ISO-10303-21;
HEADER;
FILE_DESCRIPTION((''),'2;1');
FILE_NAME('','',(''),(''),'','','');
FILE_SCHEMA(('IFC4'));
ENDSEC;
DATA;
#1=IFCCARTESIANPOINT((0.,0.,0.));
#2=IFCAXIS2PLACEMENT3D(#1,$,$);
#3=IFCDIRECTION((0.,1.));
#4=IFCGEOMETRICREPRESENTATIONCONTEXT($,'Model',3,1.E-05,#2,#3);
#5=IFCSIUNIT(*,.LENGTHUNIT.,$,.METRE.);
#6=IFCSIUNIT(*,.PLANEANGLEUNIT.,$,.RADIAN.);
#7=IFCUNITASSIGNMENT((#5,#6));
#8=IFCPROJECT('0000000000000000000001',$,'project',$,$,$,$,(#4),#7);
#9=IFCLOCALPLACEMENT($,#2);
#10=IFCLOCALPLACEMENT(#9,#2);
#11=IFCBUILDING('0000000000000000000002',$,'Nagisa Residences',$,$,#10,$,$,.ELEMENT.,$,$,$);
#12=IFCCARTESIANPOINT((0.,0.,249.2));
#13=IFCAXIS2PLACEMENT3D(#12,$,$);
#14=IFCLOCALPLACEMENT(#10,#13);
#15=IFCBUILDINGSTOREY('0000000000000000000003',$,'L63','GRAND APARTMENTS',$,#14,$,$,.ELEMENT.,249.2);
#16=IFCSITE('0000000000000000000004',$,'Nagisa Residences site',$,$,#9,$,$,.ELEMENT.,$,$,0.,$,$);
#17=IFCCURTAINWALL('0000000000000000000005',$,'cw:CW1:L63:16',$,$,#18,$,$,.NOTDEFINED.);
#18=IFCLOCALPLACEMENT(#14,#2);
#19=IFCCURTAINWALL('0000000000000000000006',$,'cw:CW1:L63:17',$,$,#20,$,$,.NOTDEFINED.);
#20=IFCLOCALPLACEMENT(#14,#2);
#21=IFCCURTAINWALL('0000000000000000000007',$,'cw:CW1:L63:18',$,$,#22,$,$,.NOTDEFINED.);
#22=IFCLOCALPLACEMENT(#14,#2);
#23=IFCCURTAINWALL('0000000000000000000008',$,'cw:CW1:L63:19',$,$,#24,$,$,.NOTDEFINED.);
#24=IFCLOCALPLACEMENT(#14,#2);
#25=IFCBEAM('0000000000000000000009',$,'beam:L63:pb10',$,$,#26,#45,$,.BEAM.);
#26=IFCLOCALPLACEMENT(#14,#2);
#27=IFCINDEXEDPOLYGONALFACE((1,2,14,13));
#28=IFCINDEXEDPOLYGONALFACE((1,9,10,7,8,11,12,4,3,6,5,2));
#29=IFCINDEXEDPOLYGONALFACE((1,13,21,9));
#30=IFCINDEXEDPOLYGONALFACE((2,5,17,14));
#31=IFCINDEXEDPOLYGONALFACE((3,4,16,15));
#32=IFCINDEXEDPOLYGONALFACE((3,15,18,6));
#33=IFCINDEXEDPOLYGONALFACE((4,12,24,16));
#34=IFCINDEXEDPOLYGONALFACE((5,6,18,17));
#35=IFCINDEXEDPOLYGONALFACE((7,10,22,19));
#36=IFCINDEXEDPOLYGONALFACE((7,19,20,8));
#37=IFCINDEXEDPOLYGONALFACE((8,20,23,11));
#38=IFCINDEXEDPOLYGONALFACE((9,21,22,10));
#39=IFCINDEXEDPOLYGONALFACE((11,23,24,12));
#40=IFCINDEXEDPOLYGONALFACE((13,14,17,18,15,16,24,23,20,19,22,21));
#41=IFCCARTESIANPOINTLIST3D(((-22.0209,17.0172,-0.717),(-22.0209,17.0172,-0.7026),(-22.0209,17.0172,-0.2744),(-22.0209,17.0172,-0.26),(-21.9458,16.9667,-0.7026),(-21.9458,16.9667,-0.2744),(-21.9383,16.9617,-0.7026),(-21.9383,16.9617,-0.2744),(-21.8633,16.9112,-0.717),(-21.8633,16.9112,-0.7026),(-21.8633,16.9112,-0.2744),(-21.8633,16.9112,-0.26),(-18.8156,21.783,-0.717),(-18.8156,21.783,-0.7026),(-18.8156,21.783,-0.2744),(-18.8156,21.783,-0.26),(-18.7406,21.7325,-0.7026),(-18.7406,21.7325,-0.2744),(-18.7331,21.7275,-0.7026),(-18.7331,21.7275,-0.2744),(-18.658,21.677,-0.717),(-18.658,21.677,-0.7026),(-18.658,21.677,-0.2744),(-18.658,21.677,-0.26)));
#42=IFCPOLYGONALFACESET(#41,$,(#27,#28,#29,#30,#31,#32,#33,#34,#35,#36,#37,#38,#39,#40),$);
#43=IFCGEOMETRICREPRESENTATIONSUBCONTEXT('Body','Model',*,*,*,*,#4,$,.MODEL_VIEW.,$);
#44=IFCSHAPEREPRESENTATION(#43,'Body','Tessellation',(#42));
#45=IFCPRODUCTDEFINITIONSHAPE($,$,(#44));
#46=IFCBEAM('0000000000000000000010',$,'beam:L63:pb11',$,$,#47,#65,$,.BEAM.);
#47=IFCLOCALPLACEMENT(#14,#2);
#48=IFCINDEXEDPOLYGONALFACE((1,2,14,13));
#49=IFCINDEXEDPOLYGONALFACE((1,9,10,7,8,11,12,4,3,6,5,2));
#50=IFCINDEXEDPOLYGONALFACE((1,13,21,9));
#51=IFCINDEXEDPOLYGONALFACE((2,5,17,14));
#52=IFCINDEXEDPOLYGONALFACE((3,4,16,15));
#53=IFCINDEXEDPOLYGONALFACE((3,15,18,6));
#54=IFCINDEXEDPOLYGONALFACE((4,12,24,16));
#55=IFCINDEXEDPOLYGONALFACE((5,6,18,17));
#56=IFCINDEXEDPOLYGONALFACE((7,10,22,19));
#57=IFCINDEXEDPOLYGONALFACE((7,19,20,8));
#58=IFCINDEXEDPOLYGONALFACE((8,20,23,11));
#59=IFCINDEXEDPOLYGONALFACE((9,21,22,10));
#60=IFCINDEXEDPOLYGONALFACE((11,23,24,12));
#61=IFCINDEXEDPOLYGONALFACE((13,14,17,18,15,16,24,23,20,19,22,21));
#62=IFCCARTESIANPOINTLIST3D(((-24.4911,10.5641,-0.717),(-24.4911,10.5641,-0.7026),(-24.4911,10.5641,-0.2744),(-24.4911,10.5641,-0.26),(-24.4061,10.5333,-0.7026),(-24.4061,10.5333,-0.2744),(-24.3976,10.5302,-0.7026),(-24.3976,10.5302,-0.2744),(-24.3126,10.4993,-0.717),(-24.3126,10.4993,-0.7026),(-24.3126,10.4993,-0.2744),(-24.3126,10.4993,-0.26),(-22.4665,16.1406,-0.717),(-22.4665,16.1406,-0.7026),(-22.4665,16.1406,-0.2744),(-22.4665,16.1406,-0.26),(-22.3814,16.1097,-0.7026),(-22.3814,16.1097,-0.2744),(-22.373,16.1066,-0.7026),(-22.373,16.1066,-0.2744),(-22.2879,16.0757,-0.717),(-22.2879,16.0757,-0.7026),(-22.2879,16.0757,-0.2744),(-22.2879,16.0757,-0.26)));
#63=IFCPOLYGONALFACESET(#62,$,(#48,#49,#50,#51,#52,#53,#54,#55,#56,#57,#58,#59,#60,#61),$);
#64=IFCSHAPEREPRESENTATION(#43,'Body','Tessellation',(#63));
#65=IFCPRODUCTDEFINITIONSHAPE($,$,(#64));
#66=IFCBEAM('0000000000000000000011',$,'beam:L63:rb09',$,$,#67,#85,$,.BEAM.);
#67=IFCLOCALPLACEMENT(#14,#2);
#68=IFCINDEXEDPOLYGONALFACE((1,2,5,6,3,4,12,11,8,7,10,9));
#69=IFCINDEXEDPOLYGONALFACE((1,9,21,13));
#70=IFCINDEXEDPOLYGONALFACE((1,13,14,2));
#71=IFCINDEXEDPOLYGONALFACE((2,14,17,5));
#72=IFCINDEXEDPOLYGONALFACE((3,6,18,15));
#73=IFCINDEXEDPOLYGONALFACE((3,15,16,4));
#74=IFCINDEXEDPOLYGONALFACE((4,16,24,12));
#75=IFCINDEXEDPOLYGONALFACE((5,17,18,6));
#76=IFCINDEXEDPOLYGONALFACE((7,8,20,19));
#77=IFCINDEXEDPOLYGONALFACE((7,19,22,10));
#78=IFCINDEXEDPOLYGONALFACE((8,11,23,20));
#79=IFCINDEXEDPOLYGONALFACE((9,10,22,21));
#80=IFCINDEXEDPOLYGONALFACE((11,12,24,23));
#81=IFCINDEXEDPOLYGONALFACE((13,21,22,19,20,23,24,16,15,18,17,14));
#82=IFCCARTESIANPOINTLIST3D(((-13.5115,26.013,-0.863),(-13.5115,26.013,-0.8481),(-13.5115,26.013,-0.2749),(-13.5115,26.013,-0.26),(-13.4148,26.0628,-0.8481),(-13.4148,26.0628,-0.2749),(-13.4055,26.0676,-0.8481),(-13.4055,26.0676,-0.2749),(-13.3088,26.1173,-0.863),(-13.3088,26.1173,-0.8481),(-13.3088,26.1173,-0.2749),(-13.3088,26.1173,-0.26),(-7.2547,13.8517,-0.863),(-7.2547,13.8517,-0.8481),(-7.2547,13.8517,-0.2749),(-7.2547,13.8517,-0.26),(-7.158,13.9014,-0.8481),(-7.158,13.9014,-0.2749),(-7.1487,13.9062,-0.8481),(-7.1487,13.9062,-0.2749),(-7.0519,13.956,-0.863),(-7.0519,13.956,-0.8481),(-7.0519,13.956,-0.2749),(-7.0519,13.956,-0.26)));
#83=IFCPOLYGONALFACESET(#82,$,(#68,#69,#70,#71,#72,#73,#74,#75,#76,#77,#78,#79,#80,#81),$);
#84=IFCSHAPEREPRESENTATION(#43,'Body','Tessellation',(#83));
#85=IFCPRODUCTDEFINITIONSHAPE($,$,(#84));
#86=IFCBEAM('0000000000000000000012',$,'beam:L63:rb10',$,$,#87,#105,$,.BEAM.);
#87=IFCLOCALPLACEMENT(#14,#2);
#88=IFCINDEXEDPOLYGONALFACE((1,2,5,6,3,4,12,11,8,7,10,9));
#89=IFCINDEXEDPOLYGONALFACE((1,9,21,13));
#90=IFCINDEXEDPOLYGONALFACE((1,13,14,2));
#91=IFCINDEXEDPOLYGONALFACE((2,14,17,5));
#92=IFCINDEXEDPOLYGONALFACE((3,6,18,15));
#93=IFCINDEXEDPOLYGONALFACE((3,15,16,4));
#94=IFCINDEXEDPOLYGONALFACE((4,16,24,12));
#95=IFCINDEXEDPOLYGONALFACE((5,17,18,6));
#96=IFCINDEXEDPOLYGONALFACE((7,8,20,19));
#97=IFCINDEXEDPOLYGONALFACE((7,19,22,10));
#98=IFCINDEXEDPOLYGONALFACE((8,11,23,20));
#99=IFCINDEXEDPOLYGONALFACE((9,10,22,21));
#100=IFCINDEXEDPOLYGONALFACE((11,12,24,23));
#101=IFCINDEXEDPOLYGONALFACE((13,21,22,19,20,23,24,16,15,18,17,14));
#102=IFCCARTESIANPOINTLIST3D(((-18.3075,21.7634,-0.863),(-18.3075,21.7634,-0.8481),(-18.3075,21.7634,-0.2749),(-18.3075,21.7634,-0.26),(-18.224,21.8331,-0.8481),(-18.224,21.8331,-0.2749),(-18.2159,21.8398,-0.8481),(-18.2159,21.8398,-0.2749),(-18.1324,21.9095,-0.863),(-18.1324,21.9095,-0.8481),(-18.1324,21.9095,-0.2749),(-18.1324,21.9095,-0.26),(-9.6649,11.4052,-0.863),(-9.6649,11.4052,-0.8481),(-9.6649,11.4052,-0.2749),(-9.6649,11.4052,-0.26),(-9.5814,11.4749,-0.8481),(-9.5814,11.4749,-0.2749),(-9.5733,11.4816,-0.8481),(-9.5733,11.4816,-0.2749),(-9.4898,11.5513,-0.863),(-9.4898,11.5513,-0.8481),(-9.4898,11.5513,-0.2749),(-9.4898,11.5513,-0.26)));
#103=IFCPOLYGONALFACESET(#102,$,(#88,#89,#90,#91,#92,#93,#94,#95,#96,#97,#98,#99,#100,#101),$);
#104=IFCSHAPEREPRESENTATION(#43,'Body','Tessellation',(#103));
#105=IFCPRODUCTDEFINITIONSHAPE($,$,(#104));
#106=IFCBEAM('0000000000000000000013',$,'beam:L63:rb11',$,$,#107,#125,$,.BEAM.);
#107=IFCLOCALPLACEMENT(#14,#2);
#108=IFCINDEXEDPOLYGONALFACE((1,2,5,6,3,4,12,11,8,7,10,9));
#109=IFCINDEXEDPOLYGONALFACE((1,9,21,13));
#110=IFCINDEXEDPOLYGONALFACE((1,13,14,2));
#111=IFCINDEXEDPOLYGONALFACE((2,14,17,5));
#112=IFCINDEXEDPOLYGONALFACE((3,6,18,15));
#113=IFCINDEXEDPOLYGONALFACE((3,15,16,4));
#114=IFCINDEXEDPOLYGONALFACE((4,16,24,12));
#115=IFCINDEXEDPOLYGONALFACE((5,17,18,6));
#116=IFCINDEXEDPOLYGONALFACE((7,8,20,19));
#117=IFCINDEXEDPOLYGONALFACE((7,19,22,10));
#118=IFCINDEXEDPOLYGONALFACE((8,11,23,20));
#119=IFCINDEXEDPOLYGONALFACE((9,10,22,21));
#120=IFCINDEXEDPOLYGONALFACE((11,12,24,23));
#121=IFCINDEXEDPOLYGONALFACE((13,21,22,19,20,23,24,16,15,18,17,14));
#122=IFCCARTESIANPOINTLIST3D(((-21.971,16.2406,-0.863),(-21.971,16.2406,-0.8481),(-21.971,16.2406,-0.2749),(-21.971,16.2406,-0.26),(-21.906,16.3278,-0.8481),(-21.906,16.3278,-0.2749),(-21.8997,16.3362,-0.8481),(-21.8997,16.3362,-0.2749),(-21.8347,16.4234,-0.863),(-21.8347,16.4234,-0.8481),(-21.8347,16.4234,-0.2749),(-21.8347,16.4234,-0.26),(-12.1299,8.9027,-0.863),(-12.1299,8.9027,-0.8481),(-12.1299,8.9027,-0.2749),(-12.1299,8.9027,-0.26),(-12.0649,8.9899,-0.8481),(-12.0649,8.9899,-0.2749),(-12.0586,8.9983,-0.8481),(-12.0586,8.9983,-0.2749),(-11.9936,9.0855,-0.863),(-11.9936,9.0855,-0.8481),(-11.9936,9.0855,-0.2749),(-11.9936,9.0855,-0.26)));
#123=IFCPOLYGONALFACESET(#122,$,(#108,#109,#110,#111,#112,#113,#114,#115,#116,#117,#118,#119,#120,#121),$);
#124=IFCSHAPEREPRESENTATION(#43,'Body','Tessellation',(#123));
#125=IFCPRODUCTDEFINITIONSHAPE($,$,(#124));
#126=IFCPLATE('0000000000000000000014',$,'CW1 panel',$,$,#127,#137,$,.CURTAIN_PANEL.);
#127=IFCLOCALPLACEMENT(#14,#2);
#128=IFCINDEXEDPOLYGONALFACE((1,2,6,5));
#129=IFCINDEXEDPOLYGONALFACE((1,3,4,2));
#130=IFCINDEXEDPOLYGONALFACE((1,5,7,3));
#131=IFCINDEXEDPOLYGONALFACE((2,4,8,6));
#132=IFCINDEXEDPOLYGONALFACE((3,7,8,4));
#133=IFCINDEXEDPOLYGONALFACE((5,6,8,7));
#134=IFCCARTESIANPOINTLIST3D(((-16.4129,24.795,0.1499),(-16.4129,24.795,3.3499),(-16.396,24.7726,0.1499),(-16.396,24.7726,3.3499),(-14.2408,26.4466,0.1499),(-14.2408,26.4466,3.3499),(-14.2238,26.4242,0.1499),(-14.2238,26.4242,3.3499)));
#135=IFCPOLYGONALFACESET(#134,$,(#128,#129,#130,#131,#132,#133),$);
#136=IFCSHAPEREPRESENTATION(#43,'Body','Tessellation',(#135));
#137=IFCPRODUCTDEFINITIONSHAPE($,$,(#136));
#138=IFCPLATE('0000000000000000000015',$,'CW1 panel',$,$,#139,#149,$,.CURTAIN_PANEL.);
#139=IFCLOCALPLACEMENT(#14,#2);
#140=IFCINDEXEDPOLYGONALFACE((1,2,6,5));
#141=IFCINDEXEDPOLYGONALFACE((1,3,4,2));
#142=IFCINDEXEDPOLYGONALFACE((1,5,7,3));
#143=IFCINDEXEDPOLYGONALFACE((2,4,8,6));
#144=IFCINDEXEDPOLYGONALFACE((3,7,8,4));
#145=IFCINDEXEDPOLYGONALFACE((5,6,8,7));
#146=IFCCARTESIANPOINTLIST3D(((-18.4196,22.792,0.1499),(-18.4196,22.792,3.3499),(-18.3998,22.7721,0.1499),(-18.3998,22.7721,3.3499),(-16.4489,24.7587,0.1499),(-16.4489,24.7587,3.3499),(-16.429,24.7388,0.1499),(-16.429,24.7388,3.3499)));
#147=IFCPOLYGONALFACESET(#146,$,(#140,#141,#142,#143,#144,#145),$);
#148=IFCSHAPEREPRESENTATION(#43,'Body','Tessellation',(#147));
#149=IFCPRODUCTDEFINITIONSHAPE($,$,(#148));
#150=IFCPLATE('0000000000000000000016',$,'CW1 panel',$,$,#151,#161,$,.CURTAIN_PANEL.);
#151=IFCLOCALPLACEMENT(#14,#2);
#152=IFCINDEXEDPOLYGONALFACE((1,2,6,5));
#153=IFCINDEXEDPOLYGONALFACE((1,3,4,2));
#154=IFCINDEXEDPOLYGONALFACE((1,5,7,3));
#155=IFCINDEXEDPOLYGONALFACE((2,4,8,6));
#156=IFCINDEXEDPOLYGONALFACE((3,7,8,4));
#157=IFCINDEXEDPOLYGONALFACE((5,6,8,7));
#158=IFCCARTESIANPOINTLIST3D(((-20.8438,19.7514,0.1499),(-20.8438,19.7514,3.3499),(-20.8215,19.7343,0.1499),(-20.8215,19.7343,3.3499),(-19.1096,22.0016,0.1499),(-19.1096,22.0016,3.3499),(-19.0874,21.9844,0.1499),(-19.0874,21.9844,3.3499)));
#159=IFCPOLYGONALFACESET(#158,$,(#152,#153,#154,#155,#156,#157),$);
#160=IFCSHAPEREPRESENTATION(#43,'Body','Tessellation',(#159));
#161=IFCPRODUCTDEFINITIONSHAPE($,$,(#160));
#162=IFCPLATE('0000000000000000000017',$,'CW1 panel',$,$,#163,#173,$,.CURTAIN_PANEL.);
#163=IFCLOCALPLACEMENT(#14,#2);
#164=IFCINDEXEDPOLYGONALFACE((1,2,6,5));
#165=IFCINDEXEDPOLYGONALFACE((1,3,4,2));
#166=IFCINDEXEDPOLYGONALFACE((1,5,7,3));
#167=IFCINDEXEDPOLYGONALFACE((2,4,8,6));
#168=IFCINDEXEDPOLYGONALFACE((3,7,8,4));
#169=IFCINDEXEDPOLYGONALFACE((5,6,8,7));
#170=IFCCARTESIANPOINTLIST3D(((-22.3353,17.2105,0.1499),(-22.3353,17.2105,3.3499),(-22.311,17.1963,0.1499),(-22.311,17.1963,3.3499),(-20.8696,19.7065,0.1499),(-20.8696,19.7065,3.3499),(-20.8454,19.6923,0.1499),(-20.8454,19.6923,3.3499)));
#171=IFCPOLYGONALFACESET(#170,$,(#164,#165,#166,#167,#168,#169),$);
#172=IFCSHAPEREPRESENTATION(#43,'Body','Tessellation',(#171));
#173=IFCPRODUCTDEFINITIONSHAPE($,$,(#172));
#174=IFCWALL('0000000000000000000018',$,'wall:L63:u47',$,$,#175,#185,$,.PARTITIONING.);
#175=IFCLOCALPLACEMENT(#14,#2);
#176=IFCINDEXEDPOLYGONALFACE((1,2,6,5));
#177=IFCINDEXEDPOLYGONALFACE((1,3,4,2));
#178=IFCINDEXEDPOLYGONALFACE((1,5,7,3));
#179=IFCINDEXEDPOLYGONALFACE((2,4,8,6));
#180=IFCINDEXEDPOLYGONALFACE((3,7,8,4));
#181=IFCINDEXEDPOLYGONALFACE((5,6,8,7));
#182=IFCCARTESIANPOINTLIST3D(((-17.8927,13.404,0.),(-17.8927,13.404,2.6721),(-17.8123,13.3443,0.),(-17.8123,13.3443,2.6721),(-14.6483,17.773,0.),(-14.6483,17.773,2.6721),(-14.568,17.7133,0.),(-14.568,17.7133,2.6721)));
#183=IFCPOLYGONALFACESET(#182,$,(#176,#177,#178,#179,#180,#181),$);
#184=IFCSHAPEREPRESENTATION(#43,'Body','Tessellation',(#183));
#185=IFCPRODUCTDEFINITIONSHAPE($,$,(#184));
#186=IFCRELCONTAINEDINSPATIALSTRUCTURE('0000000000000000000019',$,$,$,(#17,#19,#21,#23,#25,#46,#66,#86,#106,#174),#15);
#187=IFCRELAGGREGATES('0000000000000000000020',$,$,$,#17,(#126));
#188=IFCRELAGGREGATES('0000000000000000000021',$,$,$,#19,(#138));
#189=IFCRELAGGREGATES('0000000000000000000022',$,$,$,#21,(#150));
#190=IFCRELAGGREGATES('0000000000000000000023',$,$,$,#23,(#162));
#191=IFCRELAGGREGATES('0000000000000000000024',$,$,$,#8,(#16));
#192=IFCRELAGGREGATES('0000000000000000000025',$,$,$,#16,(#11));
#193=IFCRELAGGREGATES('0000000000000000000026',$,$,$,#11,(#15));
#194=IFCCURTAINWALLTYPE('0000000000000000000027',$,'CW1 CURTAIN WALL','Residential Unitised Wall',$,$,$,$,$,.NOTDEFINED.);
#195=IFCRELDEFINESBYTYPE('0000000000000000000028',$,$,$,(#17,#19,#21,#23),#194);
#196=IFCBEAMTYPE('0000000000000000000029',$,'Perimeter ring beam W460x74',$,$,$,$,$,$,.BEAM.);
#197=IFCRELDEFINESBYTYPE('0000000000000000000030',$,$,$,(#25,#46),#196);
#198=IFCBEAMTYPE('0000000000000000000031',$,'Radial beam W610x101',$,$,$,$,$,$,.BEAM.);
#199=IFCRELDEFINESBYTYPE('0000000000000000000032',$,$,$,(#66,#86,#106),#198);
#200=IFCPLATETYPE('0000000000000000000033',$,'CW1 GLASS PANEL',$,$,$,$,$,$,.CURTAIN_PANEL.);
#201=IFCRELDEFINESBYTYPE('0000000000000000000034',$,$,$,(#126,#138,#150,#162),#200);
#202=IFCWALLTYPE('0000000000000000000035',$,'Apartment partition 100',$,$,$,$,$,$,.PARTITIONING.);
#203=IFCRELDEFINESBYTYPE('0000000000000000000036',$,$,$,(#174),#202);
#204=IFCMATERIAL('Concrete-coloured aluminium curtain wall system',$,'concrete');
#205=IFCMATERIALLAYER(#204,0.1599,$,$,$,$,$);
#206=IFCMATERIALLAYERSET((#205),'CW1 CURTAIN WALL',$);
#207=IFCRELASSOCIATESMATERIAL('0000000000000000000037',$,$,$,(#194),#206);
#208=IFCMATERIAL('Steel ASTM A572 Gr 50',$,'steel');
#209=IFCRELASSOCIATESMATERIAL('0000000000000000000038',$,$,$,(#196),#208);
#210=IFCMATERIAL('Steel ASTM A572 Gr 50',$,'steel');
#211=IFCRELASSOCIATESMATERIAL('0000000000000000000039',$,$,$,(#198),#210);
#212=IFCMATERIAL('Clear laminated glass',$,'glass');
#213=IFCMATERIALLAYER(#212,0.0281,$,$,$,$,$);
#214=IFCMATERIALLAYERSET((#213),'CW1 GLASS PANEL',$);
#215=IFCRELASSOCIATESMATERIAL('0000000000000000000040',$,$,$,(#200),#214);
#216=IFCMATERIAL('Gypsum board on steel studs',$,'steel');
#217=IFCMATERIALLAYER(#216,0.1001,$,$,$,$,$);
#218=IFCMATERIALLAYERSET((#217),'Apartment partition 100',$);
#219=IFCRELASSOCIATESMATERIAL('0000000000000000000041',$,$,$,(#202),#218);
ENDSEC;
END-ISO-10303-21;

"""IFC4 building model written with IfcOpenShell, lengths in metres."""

from ifc_helpers import new_model, si_unit, direction, frame, frame_2d, origin, origin_2d, place, context, subcontext, project, spatial, rectangle, i_section, extrude, material, layer, layer_set, material_profile, profile_set, type_object, element, aggregate, save


model = new_model("IFC4")

# Units and contexts
model_context = context("Model", 3, precision=1e-05, world=origin(), true_north=direction((0.0, 1.0)))
body_context = subcontext(model_context, "Body", "Model", "MODEL_VIEW")
ifc_project = project(units=[si_unit("LENGTHUNIT", "METRE"), si_unit("PLANEANGLEUNIT", "RADIAN")], contexts=[model_context])

# Site, building, storey
site_placement = place(None, origin())
site = spatial("IfcSite", under=ifc_project, at=site_placement, Name="Nagisa Residences site", CompositionType="ELEMENT", RefElevation=0.0)
building_placement = place(site_placement, origin())
building = spatial("IfcBuilding", under=site, at=building_placement, Name="Nagisa Residences", CompositionType="ELEMENT")
storey_placement = place(building_placement, frame((0.0, 0.0, 249.2)))
storey = spatial("IfcBuildingStorey", under=building, at=storey_placement, Name="L63", Description="GRAND APARTMENTS", CompositionType="ELEMENT", Elevation=249.2)

# Curtain walls
ifc_material_1 = material(Name="Concrete-coloured aluminium curtain wall system", Category="concrete")
ifc_layer_1 = layer(ifc_material_1, 0.1599)
ifc_layer_set_1 = layer_set([ifc_layer_1], Name="CW1 CURTAIN WALL")
curtain_wall_type = type_object("IfcCurtainWallType", Name="CW1 CURTAIN WALL", Description="Residential Unitised Wall", PredefinedType="NOTDEFINED", material=ifc_layer_set_1)
curtain_wall_1_placement = place(storey_placement, origin())
curtain_wall_1 = element("IfcCurtainWall", 1, at=curtain_wall_1_placement, inside=storey, type_object=curtain_wall_type, Name="cw:CW1:L63:16", PredefinedType="NOTDEFINED")
curtain_wall_2_placement = place(storey_placement, origin())
curtain_wall_2 = element("IfcCurtainWall", 2, at=curtain_wall_2_placement, inside=storey, type_object=curtain_wall_type, Name="cw:CW1:L63:17", PredefinedType="NOTDEFINED")
curtain_wall_3_placement = place(storey_placement, origin())
curtain_wall_3 = element("IfcCurtainWall", 3, at=curtain_wall_3_placement, inside=storey, type_object=curtain_wall_type, Name="cw:CW1:L63:18", PredefinedType="NOTDEFINED")
curtain_wall_4_placement = place(storey_placement, origin())
curtain_wall_4 = element("IfcCurtainWall", 4, at=curtain_wall_4_placement, inside=storey, type_object=curtain_wall_type, Name="cw:CW1:L63:19", PredefinedType="NOTDEFINED")

# Beams
ifc_material_2 = material(Name="Steel ASTM A572 Gr 50", Category="steel")
ifc_material_profile_1 = material_profile(ifc_material_2, i_section(OverallWidth=0.1899, OverallDepth=0.457, WebThickness=0.009, FlangeThickness=0.0144, at=origin_2d()), Name="W460x74")
ifc_profile_set_1 = profile_set([ifc_material_profile_1], Name="Steel ASTM A572 Gr 50")
beam_type_1 = type_object("IfcBeamType", Name="Perimeter ring beam W460x74", PredefinedType="BEAM", material=ifc_profile_set_1)
beam_1_placement = place(storey_placement, frame((-18.7368, 21.73, -0.4885), z_axis=(-0.55808, -0.829787, 0.0), x_axis=(0.829787, -0.55808, 0.0)))
element("IfcBeam", 5, at=beam_1_placement, inside=storey, type_object=beam_type_1, Name="beam:L63:pb10", PredefinedType="BEAM", context=body_context, shape_type="SweptSolid", body=[
    extrude(i_section(OverallWidth=0.1899, OverallDepth=0.457, WebThickness=0.009, FlangeThickness=0.0144, at=origin_2d()), origin(), (0.0, 0.0, 1.0), 5.7434),
])
beam_2_placement = place(storey_placement, frame((-22.3772, 16.1082, -0.4885), z_axis=(-0.341277, -0.939963, 0.0), x_axis=(0.939963, -0.341277, 0.0)))
element("IfcBeam", 6, at=beam_2_placement, inside=storey, type_object=beam_type_1, Name="beam:L63:pb11", PredefinedType="BEAM", context=body_context, shape_type="SweptSolid", body=[
    extrude(i_section(OverallWidth=0.1899, OverallDepth=0.457, WebThickness=0.009, FlangeThickness=0.0144, at=origin_2d()), origin(), (0.0, 0.0, 1.0), 5.9326),
])
ifc_material_3 = material(Name="Steel ASTM A572 Gr 50", Category="steel")
ifc_material_profile_2 = material_profile(ifc_material_3, i_section(OverallWidth=0.228, OverallDepth=0.603, WebThickness=0.0105, FlangeThickness=0.0149, at=origin_2d()), Name="W610x101")
ifc_profile_set_2 = profile_set([ifc_material_profile_2], Name="Steel ASTM A572 Gr 50")
beam_type_2 = type_object("IfcBeamType", Name="Radial beam W610x101", PredefinedType="BEAM", material=ifc_profile_set_2)
beam_3_placement = place(storey_placement, frame((-13.4102, 26.0652, -0.5615), z_axis=(0.457488, -0.889216, 0.0), x_axis=(0.889216, 0.457488, 0.0)))
element("IfcBeam", 7, at=beam_3_placement, inside=storey, type_object=beam_type_2, Name="beam:L63:rb09", PredefinedType="BEAM", context=body_context, shape_type="SweptSolid", body=[
    extrude(i_section(OverallWidth=0.228, OverallDepth=0.603, WebThickness=0.0105, FlangeThickness=0.0149, at=origin_2d()), origin(), (0.0, 0.0, 1.0), 13.6765),
])
beam_4_placement = place(storey_placement, frame((-18.22, 21.8364, -0.5615), z_axis=(0.640656, -0.767828, 0.0), x_axis=(0.767828, 0.640656, 0.0)))
element("IfcBeam", 8, at=beam_4_placement, inside=storey, type_object=beam_type_2, Name="beam:L63:rb10", PredefinedType="BEAM", context=body_context, shape_type="SweptSolid", body=[
    extrude(i_section(OverallWidth=0.228, OverallDepth=0.603, WebThickness=0.0105, FlangeThickness=0.0149, at=origin_2d()), origin(), (0.0, 0.0, 1.0), 13.4902),
])
beam_5_placement = place(storey_placement, frame((-21.9028, 16.332, -0.5615), z_axis=(0.801675, -0.597761, 0.0), x_axis=(0.597761, 0.801675, 0.0)))
element("IfcBeam", 9, at=beam_5_placement, inside=storey, type_object=beam_type_2, Name="beam:L63:rb11", PredefinedType="BEAM", context=body_context, shape_type="SweptSolid", body=[
    extrude(i_section(OverallWidth=0.228, OverallDepth=0.603, WebThickness=0.0105, FlangeThickness=0.0149, at=origin_2d()), origin(), (0.0, 0.0, 1.0), 12.2756),
])

# Plates
ifc_material_4 = material(Name="Clear laminated glass", Category="glass")
ifc_layer_2 = layer(ifc_material_4, 0.0281)
ifc_layer_set_2 = layer_set([ifc_layer_2], Name="CW1 GLASS PANEL")
plate_type = type_object("IfcPlateType", Name="CW1 GLASS PANEL", PredefinedType="CURTAIN_PANEL", material=ifc_layer_set_2)
plate_1_placement = place(storey_placement, frame((-15.3184, 25.6096, 0.1499), z_axis=(0.0, 0.0, 1.0), x_axis=(-0.796031, -0.605255, 0.0)))
plate_1 = element("IfcPlate", 10, at=plate_1_placement, type_object=plate_type, Name="CW1 panel", PredefinedType="CURTAIN_PANEL", context=body_context, shape_type="SweptSolid", body=[
    extrude(rectangle(XDim=2.7288, YDim=0.0281, at=origin_2d()), origin(), (0.0, 0.0, 1.0), 3.2),
])
aggregate(curtain_wall_1, [plate_1])
plate_2_placement = place(storey_placement, frame((-17.4243, 23.7654, 0.1499), z_axis=(0.0, 0.0, 1.0), x_axis=(-0.707836, -0.706377, 0.0)))
plate_2 = element("IfcPlate", 11, at=plate_2_placement, type_object=plate_type, Name="CW1 panel", PredefinedType="CURTAIN_PANEL", context=body_context, shape_type="SweptSolid", body=[
    extrude(rectangle(XDim=2.7842, YDim=0.0281, at=origin_2d()), origin(), (0.0, 0.0, 1.0), 3.2),
])
aggregate(curtain_wall_2, [plate_2])
plate_3_placement = place(storey_placement, frame((-19.9656, 20.8679, 0.1499), z_axis=(0.0, 0.0, 1.0), x_axis=(-0.61043, -0.79207, 0.0)))
plate_3 = element("IfcPlate", 12, at=plate_3_placement, type_object=plate_type, Name="CW1 panel", PredefinedType="CURTAIN_PANEL", context=body_context, shape_type="SweptSolid", body=[
    extrude(rectangle(XDim=2.8408, YDim=0.0281, at=origin_2d()), origin(), (0.0, 0.0, 1.0), 3.2),
])
aggregate(curtain_wall_3, [plate_3])
plate_4_placement = place(storey_placement, frame((-21.5903, 18.4514, 0.1499), z_axis=(0.0, 0.0, 1.0), x_axis=(-0.506349, -0.862329, 0.0)))
plate_4 = element("IfcPlate", 13, at=plate_4_placement, type_object=plate_type, Name="CW1 panel", PredefinedType="CURTAIN_PANEL", context=body_context, shape_type="SweptSolid", body=[
    extrude(rectangle(XDim=2.8945, YDim=0.0281, at=origin_2d()), origin(), (0.0, 0.0, 1.0), 3.2),
])
aggregate(curtain_wall_4, [plate_4])

# Wall
ifc_material_5 = material(Name="Gypsum board on steel studs", Category="steel")
ifc_layer_3 = layer(ifc_material_5, 0.1001)
ifc_layer_set_3 = layer_set([ifc_layer_3], Name="Apartment partition 100")
wall_type_1 = type_object("IfcWallType", Name="Apartment partition 100", PredefinedType="PARTITIONING", material=ifc_layer_set_3)
wall_1_placement = place(storey_placement, frame((-14.6082, 17.7432, 0.0), z_axis=(0.0, 0.0, 1.0), x_axis=(-0.596174, -0.802855, 0.0)))
element("IfcWall", 14, at=wall_1_placement, inside=storey, type_object=wall_type_1, Name="wall:L63:u47", PredefinedType="PARTITIONING", context=body_context, shape_type="SweptSolid", body=[
    extrude(rectangle(XDim=5.4419, YDim=0.1001, at=frame_2d((2.7209, 0.0))), origin(), (0.0, 0.0, 1.0), 2.6721),
])

save(model, "model.ifc")
